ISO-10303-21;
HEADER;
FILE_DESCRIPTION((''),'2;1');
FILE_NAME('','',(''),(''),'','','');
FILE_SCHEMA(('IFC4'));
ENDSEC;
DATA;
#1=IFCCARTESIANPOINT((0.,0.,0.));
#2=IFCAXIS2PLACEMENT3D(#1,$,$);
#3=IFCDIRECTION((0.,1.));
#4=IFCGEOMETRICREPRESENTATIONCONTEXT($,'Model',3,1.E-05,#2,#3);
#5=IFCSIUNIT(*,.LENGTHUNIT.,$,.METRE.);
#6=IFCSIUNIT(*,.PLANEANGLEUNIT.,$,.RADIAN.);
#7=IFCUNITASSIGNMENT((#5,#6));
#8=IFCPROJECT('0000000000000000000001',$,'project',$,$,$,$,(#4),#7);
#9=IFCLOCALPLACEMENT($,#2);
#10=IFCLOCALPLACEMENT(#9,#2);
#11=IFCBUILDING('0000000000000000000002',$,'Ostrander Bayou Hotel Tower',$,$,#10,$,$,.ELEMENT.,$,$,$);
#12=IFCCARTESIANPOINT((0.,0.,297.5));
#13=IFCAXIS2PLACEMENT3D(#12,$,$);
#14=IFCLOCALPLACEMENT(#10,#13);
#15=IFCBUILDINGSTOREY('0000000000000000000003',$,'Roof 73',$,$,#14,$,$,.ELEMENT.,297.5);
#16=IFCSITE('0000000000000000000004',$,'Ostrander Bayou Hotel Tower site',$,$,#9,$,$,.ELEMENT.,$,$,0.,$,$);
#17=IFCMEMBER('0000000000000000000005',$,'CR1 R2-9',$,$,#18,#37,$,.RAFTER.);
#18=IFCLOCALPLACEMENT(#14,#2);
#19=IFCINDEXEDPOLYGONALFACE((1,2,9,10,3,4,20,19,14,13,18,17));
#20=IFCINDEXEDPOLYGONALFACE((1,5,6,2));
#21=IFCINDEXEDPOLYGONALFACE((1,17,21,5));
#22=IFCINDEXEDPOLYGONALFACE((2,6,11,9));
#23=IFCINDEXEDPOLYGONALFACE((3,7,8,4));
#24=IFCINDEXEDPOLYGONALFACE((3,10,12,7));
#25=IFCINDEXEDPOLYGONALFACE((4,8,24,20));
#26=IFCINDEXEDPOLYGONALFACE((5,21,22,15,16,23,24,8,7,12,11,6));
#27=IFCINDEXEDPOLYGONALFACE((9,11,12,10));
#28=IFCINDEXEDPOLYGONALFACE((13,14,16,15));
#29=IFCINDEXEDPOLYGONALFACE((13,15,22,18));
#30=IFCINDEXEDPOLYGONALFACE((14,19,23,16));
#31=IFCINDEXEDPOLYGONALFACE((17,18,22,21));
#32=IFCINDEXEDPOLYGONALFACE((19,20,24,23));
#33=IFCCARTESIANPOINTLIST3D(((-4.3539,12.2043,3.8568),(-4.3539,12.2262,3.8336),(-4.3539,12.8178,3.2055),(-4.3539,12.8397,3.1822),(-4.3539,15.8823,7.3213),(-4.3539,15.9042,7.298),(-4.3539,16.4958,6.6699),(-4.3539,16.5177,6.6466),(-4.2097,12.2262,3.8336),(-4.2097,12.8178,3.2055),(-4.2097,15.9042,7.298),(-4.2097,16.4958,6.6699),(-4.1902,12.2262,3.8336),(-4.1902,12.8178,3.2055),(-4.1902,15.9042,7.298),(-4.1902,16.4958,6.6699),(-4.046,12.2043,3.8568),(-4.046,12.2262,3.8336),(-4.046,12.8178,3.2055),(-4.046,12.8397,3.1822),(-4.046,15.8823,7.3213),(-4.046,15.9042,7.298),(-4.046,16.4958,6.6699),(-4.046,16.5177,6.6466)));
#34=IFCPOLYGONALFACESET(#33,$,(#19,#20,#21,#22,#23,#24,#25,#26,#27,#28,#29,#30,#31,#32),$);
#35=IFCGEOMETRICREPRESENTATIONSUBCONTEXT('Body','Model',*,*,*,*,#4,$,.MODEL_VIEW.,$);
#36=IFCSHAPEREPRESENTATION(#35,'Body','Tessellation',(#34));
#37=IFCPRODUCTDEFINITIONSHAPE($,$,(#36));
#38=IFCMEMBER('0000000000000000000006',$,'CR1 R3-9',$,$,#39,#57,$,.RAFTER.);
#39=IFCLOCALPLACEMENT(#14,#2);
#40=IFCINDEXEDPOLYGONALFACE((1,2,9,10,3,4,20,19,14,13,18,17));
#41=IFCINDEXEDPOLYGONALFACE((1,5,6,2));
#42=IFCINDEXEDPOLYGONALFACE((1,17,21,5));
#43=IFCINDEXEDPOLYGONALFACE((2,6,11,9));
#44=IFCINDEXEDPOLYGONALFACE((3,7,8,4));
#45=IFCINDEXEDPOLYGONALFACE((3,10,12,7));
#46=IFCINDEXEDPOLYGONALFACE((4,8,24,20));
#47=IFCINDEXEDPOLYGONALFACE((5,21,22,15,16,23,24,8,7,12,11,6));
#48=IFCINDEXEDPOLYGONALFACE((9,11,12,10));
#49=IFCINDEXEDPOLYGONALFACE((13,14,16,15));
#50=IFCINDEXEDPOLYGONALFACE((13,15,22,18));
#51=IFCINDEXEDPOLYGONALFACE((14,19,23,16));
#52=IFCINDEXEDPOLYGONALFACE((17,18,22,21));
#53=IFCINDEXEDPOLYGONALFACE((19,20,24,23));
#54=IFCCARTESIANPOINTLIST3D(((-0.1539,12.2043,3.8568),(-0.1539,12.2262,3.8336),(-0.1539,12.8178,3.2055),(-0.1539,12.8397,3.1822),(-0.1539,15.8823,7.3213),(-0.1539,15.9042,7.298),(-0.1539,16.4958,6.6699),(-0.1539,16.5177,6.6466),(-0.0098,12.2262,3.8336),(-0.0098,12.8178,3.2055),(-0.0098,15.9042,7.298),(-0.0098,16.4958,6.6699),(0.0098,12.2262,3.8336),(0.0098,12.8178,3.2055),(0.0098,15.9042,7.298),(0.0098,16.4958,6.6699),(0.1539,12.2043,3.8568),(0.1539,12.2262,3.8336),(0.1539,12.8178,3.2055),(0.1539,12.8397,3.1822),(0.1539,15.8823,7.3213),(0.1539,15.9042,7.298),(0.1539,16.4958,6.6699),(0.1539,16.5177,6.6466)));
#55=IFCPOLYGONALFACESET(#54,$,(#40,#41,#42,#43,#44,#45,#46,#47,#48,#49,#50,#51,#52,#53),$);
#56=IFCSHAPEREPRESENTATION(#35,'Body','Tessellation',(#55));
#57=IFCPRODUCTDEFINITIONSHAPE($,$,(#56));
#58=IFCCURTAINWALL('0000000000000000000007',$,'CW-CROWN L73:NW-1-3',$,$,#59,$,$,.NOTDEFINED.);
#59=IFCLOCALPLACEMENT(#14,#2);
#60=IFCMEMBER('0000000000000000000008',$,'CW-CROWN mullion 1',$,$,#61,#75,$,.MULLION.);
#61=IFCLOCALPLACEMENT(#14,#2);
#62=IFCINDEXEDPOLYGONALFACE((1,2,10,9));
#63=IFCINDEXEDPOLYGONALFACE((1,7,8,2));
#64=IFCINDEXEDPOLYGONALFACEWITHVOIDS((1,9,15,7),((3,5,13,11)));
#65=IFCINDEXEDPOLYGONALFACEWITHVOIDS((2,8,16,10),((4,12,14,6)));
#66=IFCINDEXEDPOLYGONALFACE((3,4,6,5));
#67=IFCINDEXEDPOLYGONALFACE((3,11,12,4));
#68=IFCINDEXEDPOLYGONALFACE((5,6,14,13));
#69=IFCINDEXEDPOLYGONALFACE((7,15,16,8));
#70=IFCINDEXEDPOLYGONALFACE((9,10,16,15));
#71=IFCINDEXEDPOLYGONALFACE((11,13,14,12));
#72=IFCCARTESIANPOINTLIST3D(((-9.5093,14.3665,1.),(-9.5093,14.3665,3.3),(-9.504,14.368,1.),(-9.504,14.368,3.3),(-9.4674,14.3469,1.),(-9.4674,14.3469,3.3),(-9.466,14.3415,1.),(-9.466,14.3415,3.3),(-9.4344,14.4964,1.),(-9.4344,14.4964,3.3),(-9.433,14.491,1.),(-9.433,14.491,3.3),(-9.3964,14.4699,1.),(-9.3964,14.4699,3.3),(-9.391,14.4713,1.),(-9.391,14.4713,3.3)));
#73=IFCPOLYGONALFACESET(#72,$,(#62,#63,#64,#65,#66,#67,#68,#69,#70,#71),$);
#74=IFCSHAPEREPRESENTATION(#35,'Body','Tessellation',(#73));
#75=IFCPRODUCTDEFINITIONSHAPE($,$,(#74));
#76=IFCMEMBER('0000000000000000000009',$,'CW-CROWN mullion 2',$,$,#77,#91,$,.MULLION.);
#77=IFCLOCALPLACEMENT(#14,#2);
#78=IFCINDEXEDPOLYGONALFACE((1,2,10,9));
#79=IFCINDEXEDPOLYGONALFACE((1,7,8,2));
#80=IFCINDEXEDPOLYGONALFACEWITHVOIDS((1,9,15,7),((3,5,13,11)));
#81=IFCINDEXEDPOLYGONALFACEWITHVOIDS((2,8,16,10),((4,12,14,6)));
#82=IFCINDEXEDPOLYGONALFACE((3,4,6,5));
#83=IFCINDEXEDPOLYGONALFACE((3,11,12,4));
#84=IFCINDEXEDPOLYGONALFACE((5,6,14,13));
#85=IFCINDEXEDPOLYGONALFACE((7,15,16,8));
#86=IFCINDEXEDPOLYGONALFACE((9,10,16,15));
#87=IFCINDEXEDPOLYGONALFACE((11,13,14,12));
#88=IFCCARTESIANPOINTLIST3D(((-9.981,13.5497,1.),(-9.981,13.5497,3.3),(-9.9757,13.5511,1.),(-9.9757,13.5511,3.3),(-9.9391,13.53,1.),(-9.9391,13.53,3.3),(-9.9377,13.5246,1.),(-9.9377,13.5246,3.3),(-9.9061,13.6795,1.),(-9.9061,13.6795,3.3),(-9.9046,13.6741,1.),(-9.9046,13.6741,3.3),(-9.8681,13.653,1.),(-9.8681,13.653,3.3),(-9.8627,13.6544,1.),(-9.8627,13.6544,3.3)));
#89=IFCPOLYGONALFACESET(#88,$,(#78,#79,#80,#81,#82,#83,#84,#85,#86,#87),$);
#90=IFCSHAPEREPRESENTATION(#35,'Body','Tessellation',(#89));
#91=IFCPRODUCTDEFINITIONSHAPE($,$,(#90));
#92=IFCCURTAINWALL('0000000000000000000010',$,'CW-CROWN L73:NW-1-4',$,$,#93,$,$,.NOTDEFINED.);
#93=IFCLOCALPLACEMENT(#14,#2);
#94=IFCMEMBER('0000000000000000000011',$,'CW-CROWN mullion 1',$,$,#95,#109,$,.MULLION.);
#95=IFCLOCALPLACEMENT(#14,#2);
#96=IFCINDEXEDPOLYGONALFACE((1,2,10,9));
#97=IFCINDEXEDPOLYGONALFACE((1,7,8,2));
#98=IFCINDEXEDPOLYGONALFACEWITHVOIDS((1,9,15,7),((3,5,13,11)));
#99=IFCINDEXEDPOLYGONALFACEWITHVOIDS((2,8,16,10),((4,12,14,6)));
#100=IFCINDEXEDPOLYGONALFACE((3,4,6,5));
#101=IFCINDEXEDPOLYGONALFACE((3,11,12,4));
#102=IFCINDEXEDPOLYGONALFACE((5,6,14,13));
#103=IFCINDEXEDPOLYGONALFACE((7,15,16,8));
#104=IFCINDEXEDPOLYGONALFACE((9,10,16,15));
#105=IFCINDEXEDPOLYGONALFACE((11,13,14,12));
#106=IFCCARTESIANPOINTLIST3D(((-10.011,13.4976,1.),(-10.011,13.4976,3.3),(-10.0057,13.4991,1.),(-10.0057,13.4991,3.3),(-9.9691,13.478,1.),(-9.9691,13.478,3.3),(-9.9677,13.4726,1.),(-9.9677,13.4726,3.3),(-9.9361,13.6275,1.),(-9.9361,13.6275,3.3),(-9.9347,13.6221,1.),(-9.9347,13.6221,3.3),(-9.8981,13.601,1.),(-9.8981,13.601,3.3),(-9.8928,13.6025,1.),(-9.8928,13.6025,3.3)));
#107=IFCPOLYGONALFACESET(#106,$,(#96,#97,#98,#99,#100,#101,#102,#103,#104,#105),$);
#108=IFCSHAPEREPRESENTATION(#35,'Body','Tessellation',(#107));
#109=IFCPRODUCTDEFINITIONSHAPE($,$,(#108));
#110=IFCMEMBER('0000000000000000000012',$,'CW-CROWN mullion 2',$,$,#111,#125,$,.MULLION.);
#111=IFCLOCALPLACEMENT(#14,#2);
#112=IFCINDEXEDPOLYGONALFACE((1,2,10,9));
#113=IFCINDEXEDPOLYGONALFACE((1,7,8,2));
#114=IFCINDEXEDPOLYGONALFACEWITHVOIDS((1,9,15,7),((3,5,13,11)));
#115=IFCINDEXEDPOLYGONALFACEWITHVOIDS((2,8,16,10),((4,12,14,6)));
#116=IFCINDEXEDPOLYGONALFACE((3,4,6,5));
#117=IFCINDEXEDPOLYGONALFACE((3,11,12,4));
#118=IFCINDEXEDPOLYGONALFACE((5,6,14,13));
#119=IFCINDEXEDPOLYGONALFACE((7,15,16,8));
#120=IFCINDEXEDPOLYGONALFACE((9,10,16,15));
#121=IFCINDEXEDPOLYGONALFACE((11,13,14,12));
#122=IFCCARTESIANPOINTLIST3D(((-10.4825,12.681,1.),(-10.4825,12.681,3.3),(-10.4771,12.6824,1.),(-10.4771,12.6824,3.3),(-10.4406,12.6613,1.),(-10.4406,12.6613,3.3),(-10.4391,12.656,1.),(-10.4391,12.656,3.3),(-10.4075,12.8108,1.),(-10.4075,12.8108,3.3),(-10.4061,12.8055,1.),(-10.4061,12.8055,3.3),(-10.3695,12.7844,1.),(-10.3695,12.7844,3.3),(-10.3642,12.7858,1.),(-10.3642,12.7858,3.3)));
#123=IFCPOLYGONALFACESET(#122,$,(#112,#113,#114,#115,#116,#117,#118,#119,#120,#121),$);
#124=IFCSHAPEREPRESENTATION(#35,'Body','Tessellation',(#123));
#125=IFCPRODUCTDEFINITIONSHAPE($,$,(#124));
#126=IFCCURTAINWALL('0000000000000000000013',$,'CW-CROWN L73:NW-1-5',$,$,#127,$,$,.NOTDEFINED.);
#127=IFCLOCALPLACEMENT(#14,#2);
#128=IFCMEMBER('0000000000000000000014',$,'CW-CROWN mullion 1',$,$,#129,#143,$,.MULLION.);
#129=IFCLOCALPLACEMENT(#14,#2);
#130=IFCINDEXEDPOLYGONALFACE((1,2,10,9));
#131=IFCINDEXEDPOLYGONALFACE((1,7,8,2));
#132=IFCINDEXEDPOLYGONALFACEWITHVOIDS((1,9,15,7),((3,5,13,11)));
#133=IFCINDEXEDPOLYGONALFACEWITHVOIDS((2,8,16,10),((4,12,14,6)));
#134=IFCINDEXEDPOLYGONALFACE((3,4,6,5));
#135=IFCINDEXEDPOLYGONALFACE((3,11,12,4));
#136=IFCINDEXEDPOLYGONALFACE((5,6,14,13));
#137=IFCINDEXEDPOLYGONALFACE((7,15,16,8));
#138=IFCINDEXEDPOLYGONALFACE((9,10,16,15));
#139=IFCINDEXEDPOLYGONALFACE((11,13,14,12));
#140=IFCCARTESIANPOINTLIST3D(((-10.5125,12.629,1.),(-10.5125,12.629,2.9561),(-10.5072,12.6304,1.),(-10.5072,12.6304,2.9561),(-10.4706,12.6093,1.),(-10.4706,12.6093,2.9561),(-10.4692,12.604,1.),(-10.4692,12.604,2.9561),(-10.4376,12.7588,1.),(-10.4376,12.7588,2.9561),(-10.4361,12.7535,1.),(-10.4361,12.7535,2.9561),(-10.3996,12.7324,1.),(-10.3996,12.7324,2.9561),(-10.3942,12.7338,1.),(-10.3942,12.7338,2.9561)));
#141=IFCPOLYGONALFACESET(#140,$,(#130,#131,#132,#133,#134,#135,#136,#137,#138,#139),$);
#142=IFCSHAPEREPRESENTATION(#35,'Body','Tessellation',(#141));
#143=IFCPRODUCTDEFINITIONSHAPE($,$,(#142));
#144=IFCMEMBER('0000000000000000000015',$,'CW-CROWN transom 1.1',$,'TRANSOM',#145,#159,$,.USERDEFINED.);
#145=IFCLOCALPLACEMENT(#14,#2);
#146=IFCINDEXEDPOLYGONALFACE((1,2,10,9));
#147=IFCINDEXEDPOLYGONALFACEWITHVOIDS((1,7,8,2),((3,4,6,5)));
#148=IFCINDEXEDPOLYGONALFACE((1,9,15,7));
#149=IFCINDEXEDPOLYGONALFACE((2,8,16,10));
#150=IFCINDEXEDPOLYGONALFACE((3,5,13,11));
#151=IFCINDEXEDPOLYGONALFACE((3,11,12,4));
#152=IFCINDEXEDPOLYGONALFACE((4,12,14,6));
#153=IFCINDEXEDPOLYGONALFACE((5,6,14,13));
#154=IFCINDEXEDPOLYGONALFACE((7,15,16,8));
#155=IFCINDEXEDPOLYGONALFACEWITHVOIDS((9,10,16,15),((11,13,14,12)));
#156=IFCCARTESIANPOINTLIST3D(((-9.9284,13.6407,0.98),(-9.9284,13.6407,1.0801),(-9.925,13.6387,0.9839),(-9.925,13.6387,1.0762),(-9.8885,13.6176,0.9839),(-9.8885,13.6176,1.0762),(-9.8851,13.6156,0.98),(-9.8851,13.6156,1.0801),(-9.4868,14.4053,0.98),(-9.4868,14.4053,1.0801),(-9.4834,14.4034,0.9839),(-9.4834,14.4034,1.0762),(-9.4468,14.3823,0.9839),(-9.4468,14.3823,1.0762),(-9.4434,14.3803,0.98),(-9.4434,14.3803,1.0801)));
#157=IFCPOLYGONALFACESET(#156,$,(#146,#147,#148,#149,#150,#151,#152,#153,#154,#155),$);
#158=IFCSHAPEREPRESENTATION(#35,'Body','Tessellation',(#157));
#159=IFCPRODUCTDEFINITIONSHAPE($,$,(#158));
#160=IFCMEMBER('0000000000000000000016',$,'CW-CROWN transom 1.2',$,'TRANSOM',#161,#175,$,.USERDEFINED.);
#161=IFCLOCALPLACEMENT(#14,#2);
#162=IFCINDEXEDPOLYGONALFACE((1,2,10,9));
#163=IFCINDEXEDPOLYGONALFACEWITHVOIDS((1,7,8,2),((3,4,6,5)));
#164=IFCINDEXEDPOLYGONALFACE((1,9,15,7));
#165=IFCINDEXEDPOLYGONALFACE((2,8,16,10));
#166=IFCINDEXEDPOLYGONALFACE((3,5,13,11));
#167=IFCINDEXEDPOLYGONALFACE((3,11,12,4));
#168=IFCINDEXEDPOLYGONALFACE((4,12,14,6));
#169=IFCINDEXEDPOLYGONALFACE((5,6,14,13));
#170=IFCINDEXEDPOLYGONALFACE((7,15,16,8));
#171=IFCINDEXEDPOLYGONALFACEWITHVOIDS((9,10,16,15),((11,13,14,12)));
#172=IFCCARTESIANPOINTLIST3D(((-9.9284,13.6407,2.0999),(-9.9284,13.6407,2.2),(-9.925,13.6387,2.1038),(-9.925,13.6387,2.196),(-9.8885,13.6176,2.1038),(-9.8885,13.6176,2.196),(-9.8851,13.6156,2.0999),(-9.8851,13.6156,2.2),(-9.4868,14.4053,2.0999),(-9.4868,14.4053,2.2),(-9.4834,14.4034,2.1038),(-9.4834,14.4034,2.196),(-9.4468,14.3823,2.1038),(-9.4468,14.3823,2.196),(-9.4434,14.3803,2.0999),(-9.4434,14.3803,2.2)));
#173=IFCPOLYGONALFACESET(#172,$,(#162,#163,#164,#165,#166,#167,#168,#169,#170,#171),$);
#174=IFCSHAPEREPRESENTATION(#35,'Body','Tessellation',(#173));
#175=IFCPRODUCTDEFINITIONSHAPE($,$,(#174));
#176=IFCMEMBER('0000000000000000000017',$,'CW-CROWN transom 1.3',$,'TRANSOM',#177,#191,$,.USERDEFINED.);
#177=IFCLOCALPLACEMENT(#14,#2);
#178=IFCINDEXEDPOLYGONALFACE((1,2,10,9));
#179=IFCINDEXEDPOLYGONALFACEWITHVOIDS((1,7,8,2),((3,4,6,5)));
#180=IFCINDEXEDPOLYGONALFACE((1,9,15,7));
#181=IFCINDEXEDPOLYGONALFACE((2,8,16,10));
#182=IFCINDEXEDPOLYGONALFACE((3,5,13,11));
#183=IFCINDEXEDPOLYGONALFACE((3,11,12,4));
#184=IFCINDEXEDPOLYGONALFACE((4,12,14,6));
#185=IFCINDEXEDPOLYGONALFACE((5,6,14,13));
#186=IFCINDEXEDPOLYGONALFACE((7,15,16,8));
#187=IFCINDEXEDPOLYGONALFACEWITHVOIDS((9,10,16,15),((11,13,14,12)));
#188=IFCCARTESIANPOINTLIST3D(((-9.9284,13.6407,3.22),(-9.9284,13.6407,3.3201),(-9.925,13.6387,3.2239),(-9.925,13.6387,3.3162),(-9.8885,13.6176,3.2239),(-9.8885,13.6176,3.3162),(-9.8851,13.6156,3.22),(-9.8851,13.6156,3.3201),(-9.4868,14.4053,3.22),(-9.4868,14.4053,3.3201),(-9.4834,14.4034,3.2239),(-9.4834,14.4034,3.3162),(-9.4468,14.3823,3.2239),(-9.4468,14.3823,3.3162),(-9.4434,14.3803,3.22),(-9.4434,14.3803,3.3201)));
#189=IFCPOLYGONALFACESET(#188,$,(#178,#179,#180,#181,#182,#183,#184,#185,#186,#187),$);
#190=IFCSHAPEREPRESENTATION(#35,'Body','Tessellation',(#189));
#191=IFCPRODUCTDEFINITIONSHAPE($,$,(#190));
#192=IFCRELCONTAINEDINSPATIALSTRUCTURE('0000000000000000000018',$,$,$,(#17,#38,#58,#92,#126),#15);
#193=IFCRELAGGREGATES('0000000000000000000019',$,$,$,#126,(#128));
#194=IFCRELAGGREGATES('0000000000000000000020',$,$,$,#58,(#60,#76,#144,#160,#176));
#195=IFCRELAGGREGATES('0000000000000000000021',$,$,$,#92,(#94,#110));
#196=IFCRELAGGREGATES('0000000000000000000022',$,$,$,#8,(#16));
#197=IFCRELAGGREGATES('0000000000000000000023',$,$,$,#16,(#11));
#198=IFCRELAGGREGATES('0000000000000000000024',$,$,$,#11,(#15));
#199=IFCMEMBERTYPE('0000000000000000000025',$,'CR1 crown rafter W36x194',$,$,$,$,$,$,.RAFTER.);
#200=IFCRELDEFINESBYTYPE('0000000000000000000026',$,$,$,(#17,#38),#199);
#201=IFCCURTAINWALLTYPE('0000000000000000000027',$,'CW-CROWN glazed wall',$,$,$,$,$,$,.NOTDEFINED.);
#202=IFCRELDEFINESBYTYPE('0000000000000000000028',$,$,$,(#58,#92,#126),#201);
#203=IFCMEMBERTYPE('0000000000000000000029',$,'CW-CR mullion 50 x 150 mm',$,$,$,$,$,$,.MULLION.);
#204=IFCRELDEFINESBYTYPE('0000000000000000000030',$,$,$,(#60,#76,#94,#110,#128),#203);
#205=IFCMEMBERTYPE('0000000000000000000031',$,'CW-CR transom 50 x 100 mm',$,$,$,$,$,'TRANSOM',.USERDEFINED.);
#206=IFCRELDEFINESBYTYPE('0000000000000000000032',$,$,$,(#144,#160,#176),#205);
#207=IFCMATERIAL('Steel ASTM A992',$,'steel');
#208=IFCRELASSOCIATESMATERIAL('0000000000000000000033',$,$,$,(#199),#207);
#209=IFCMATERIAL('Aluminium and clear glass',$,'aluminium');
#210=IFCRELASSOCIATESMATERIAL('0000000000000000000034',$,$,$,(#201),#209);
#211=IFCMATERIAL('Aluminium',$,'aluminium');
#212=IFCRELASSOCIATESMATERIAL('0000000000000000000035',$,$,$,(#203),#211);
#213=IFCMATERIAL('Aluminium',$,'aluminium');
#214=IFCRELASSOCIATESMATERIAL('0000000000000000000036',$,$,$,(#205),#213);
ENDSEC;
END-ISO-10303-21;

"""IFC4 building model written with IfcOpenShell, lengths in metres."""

from ifc_helpers import new_model, si_unit, direction, frame, origin, origin_2d, place, context, subcontext, project, spatial, hollow_rectangle, i_section, extrude, material, material_profile, profile_set, type_object, element, aggregate, save


model = new_model("IFC4")

# Units and contexts
model_context = context("Model", 3, precision=1e-05, world=origin(), true_north=direction((0.0, 1.0)))
body_context = subcontext(model_context, "Body", "Model", "MODEL_VIEW")
ifc_project = project(units=[si_unit("LENGTHUNIT", "METRE"), si_unit("PLANEANGLEUNIT", "RADIAN")], contexts=[model_context])

# Site, building, storey
site_placement = place(None, origin())
site = spatial("IfcSite", under=ifc_project, at=site_placement, Name="Ostrander Bayou Hotel Tower site", CompositionType="ELEMENT", RefElevation=0.0)
building_placement = place(site_placement, origin())
building = spatial("IfcBuilding", under=site, at=building_placement, Name="Ostrander Bayou Hotel Tower", CompositionType="ELEMENT")
storey_placement = place(building_placement, frame((0.0, 0.0, 297.5)))
storey = spatial("IfcBuildingStorey", under=building, at=storey_placement, Name="Roof 73", CompositionType="ELEMENT", Elevation=297.5)

# Members
ifc_material_1 = material(Name="Steel ASTM A992", Category="steel")
ifc_material_profile_1 = material_profile(ifc_material_1, i_section(OverallWidth=0.3079, OverallDepth=0.9268, WebThickness=0.0195, FlangeThickness=0.032, at=origin_2d()))
ifc_profile_set_1 = profile_set([ifc_material_profile_1], Name="Steel ASTM A992")
member_type_1 = type_object("IfcMemberType", Name="CR1 crown rafter W36x194", PredefinedType="RAFTER", material=ifc_profile_set_1)
for number, where, z_axis, x_axis, name in (
    (1, (-4.2, 12.522, 3.5195), (0.0, 0.72793, 0.685651), (-1.0, 0.0, 0.0), "CR1 R2-9"),
    (2, (0.0, 12.522, 3.5195), (0.0, 0.72793, 0.685651), (-1.0, 0.0, 0.0), "CR1 R3-9"),
):
    element("IfcMember", number, at=place(storey_placement, frame(where, z_axis=z_axis, x_axis=x_axis)), inside=storey, type_object=member_type_1, Name=name, PredefinedType="RAFTER", context=body_context, shape_type="SweptSolid", body=[
        extrude(i_section(OverallWidth=0.3079, OverallDepth=0.9268, WebThickness=0.0195, FlangeThickness=0.032, at=origin_2d()), origin(), (0.0, 0.0, 1.0), 5.0527),
    ])

# Curtain walls, members
ifc_material_2 = material(Name="Aluminium and clear glass", Category="aluminium")
curtain_wall_type = type_object("IfcCurtainWallType", Name="CW-CROWN glazed wall", PredefinedType="NOTDEFINED", material=ifc_material_2)
curtain_wall_1_placement = place(storey_placement, origin())
curtain_wall_1 = element("IfcCurtainWall", 3, at=curtain_wall_1_placement, inside=storey, type_object=curtain_wall_type, Name="CW-CROWN L73:NW-1-3", PredefinedType="NOTDEFINED")
ifc_material_3 = material(Name="Aluminium", Category="aluminium")
ifc_material_profile_2 = material_profile(ifc_material_3, hollow_rectangle(XDim=0.05, YDim=0.1499, WallThickness=0.0039, at=origin_2d()))
ifc_profile_set_2 = profile_set([ifc_material_profile_2], Name="Aluminium")
member_type_2 = type_object("IfcMemberType", Name="CW-CR mullion 50 x 150 mm", PredefinedType="MULLION", material=ifc_profile_set_2)
member_1_placement = place(storey_placement, frame((-9.4502, 14.4189, 1.0), z_axis=(0.0, 0.0, 1.0), x_axis=(0.866026, -0.499999, 0.0)))
member_1 = element("IfcMember", 4, at=member_1_placement, type_object=member_type_2, Name="CW-CROWN mullion 1", PredefinedType="MULLION", context=body_context, shape_type="SweptSolid", body=[
    extrude(hollow_rectangle(XDim=0.05, YDim=0.1499, WallThickness=0.0039, at=origin_2d()), origin(), (0.0, 0.0, 1.0), 2.3),
])
member_2_placement = place(storey_placement, frame((-9.9219, 13.6021, 1.0), z_axis=(0.0, 0.0, 1.0), x_axis=(0.866026, -0.499999, 0.0)))
member_2 = element("IfcMember", 5, at=member_2_placement, type_object=member_type_2, Name="CW-CROWN mullion 2", PredefinedType="MULLION", context=body_context, shape_type="SweptSolid", body=[
    extrude(hollow_rectangle(XDim=0.05, YDim=0.1499, WallThickness=0.0039, at=origin_2d()), origin(), (0.0, 0.0, 1.0), 2.3),
])
curtain_wall_2_placement = place(storey_placement, origin())
curtain_wall_2 = element("IfcCurtainWall", 6, at=curtain_wall_2_placement, inside=storey, type_object=curtain_wall_type, Name="CW-CROWN L73:NW-1-4", PredefinedType="NOTDEFINED")
member_3_placement = place(storey_placement, frame((-9.9519, 13.55, 1.0), z_axis=(0.0, 0.0, 1.0), x_axis=(0.866069, -0.499924, 0.0)))
member_3 = element("IfcMember", 7, at=member_3_placement, type_object=member_type_2, Name="CW-CROWN mullion 1", PredefinedType="MULLION", context=body_context, shape_type="SweptSolid", body=[
    extrude(hollow_rectangle(XDim=0.05, YDim=0.1499, WallThickness=0.0039, at=origin_2d()), origin(), (0.0, 0.0, 1.0), 2.3),
])
member_4_placement = place(storey_placement, frame((-10.4233, 12.7334, 1.0), z_axis=(0.0, 0.0, 1.0), x_axis=(0.866069, -0.499924, 0.0)))
member_4 = element("IfcMember", 8, at=member_4_placement, type_object=member_type_2, Name="CW-CROWN mullion 2", PredefinedType="MULLION", context=body_context, shape_type="SweptSolid", body=[
    extrude(hollow_rectangle(XDim=0.05, YDim=0.1499, WallThickness=0.0039, at=origin_2d()), origin(), (0.0, 0.0, 1.0), 2.3),
])

# Curtain wall, member
curtain_wall_3_placement = place(storey_placement, origin())
curtain_wall_3 = element("IfcCurtainWall", 9, at=curtain_wall_3_placement, inside=storey, type_object=curtain_wall_type, Name="CW-CROWN L73:NW-1-5", PredefinedType="NOTDEFINED")
member_5_placement = place(storey_placement, frame((-10.4534, 12.6814, 1.0), z_axis=(0.0, 0.0, 1.0), x_axis=(0.866001, -0.500042, 0.0)))
member_5 = element("IfcMember", 10, at=member_5_placement, type_object=member_type_2, Name="CW-CROWN mullion 1", PredefinedType="MULLION", context=body_context, shape_type="SweptSolid", body=[
    extrude(hollow_rectangle(XDim=0.05, YDim=0.1499, WallThickness=0.0039, at=origin_2d()), origin(), (0.0, 0.0, 1.0), 1.9561),
])

# Members
ifc_material_4 = material(Name="Aluminium", Category="aluminium")
ifc_material_profile_3 = material_profile(ifc_material_4, hollow_rectangle(XDim=0.05, YDim=0.1001, WallThickness=0.0039, at=origin_2d()))
ifc_profile_set_3 = profile_set([ifc_material_profile_3], Name="Aluminium")
member_type_3 = type_object("IfcMemberType", Name="CW-CR transom 50 x 100 mm", ElementType="TRANSOM", PredefinedType="USERDEFINED", material=ifc_profile_set_3)
member_6_placement = place(storey_placement, frame((-9.4651, 14.3928, 1.03), z_axis=(-0.500153, -0.865937, 0.0), x_axis=(0.865937, -0.500153, 0.0)))
member_6 = element("IfcMember", 11, at=member_6_placement, type_object=member_type_3, Name="CW-CROWN transom 1.1", ObjectType="TRANSOM", PredefinedType="USERDEFINED", context=body_context, shape_type="SweptSolid", body=[
    extrude(hollow_rectangle(XDim=0.05, YDim=0.1001, WallThickness=0.0039, at=origin_2d()), origin(), (0.0, 0.0, 1.0), 0.8831),
])
member_7_placement = place(storey_placement, frame((-9.4651, 14.3928, 2.1499), z_axis=(-0.500153, -0.865937, 0.0), x_axis=(0.865937, -0.500153, 0.0)))
member_7 = element("IfcMember", 12, at=member_7_placement, type_object=member_type_3, Name="CW-CROWN transom 1.2", ObjectType="TRANSOM", PredefinedType="USERDEFINED", context=body_context, shape_type="SweptSolid", body=[
    extrude(hollow_rectangle(XDim=0.05, YDim=0.1001, WallThickness=0.0039, at=origin_2d()), origin(), (0.0, 0.0, 1.0), 0.8831),
])
member_8_placement = place(storey_placement, frame((-9.4651, 14.3928, 3.27), z_axis=(-0.500153, -0.865937, 0.0), x_axis=(0.865937, -0.500153, 0.0)))
member_8 = element("IfcMember", 13, at=member_8_placement, type_object=member_type_3, Name="CW-CROWN transom 1.3", ObjectType="TRANSOM", PredefinedType="USERDEFINED", context=body_context, shape_type="SweptSolid", body=[
    extrude(hollow_rectangle(XDim=0.05, YDim=0.1001, WallThickness=0.0039, at=origin_2d()), origin(), (0.0, 0.0, 1.0), 0.8831),
])
aggregate(curtain_wall_3, [member_5])

aggregate(curtain_wall_1, [member_1, member_2, member_6, member_7, member_8])
aggregate(curtain_wall_2, [member_3, member_4])

save(model, "model.ifc")
